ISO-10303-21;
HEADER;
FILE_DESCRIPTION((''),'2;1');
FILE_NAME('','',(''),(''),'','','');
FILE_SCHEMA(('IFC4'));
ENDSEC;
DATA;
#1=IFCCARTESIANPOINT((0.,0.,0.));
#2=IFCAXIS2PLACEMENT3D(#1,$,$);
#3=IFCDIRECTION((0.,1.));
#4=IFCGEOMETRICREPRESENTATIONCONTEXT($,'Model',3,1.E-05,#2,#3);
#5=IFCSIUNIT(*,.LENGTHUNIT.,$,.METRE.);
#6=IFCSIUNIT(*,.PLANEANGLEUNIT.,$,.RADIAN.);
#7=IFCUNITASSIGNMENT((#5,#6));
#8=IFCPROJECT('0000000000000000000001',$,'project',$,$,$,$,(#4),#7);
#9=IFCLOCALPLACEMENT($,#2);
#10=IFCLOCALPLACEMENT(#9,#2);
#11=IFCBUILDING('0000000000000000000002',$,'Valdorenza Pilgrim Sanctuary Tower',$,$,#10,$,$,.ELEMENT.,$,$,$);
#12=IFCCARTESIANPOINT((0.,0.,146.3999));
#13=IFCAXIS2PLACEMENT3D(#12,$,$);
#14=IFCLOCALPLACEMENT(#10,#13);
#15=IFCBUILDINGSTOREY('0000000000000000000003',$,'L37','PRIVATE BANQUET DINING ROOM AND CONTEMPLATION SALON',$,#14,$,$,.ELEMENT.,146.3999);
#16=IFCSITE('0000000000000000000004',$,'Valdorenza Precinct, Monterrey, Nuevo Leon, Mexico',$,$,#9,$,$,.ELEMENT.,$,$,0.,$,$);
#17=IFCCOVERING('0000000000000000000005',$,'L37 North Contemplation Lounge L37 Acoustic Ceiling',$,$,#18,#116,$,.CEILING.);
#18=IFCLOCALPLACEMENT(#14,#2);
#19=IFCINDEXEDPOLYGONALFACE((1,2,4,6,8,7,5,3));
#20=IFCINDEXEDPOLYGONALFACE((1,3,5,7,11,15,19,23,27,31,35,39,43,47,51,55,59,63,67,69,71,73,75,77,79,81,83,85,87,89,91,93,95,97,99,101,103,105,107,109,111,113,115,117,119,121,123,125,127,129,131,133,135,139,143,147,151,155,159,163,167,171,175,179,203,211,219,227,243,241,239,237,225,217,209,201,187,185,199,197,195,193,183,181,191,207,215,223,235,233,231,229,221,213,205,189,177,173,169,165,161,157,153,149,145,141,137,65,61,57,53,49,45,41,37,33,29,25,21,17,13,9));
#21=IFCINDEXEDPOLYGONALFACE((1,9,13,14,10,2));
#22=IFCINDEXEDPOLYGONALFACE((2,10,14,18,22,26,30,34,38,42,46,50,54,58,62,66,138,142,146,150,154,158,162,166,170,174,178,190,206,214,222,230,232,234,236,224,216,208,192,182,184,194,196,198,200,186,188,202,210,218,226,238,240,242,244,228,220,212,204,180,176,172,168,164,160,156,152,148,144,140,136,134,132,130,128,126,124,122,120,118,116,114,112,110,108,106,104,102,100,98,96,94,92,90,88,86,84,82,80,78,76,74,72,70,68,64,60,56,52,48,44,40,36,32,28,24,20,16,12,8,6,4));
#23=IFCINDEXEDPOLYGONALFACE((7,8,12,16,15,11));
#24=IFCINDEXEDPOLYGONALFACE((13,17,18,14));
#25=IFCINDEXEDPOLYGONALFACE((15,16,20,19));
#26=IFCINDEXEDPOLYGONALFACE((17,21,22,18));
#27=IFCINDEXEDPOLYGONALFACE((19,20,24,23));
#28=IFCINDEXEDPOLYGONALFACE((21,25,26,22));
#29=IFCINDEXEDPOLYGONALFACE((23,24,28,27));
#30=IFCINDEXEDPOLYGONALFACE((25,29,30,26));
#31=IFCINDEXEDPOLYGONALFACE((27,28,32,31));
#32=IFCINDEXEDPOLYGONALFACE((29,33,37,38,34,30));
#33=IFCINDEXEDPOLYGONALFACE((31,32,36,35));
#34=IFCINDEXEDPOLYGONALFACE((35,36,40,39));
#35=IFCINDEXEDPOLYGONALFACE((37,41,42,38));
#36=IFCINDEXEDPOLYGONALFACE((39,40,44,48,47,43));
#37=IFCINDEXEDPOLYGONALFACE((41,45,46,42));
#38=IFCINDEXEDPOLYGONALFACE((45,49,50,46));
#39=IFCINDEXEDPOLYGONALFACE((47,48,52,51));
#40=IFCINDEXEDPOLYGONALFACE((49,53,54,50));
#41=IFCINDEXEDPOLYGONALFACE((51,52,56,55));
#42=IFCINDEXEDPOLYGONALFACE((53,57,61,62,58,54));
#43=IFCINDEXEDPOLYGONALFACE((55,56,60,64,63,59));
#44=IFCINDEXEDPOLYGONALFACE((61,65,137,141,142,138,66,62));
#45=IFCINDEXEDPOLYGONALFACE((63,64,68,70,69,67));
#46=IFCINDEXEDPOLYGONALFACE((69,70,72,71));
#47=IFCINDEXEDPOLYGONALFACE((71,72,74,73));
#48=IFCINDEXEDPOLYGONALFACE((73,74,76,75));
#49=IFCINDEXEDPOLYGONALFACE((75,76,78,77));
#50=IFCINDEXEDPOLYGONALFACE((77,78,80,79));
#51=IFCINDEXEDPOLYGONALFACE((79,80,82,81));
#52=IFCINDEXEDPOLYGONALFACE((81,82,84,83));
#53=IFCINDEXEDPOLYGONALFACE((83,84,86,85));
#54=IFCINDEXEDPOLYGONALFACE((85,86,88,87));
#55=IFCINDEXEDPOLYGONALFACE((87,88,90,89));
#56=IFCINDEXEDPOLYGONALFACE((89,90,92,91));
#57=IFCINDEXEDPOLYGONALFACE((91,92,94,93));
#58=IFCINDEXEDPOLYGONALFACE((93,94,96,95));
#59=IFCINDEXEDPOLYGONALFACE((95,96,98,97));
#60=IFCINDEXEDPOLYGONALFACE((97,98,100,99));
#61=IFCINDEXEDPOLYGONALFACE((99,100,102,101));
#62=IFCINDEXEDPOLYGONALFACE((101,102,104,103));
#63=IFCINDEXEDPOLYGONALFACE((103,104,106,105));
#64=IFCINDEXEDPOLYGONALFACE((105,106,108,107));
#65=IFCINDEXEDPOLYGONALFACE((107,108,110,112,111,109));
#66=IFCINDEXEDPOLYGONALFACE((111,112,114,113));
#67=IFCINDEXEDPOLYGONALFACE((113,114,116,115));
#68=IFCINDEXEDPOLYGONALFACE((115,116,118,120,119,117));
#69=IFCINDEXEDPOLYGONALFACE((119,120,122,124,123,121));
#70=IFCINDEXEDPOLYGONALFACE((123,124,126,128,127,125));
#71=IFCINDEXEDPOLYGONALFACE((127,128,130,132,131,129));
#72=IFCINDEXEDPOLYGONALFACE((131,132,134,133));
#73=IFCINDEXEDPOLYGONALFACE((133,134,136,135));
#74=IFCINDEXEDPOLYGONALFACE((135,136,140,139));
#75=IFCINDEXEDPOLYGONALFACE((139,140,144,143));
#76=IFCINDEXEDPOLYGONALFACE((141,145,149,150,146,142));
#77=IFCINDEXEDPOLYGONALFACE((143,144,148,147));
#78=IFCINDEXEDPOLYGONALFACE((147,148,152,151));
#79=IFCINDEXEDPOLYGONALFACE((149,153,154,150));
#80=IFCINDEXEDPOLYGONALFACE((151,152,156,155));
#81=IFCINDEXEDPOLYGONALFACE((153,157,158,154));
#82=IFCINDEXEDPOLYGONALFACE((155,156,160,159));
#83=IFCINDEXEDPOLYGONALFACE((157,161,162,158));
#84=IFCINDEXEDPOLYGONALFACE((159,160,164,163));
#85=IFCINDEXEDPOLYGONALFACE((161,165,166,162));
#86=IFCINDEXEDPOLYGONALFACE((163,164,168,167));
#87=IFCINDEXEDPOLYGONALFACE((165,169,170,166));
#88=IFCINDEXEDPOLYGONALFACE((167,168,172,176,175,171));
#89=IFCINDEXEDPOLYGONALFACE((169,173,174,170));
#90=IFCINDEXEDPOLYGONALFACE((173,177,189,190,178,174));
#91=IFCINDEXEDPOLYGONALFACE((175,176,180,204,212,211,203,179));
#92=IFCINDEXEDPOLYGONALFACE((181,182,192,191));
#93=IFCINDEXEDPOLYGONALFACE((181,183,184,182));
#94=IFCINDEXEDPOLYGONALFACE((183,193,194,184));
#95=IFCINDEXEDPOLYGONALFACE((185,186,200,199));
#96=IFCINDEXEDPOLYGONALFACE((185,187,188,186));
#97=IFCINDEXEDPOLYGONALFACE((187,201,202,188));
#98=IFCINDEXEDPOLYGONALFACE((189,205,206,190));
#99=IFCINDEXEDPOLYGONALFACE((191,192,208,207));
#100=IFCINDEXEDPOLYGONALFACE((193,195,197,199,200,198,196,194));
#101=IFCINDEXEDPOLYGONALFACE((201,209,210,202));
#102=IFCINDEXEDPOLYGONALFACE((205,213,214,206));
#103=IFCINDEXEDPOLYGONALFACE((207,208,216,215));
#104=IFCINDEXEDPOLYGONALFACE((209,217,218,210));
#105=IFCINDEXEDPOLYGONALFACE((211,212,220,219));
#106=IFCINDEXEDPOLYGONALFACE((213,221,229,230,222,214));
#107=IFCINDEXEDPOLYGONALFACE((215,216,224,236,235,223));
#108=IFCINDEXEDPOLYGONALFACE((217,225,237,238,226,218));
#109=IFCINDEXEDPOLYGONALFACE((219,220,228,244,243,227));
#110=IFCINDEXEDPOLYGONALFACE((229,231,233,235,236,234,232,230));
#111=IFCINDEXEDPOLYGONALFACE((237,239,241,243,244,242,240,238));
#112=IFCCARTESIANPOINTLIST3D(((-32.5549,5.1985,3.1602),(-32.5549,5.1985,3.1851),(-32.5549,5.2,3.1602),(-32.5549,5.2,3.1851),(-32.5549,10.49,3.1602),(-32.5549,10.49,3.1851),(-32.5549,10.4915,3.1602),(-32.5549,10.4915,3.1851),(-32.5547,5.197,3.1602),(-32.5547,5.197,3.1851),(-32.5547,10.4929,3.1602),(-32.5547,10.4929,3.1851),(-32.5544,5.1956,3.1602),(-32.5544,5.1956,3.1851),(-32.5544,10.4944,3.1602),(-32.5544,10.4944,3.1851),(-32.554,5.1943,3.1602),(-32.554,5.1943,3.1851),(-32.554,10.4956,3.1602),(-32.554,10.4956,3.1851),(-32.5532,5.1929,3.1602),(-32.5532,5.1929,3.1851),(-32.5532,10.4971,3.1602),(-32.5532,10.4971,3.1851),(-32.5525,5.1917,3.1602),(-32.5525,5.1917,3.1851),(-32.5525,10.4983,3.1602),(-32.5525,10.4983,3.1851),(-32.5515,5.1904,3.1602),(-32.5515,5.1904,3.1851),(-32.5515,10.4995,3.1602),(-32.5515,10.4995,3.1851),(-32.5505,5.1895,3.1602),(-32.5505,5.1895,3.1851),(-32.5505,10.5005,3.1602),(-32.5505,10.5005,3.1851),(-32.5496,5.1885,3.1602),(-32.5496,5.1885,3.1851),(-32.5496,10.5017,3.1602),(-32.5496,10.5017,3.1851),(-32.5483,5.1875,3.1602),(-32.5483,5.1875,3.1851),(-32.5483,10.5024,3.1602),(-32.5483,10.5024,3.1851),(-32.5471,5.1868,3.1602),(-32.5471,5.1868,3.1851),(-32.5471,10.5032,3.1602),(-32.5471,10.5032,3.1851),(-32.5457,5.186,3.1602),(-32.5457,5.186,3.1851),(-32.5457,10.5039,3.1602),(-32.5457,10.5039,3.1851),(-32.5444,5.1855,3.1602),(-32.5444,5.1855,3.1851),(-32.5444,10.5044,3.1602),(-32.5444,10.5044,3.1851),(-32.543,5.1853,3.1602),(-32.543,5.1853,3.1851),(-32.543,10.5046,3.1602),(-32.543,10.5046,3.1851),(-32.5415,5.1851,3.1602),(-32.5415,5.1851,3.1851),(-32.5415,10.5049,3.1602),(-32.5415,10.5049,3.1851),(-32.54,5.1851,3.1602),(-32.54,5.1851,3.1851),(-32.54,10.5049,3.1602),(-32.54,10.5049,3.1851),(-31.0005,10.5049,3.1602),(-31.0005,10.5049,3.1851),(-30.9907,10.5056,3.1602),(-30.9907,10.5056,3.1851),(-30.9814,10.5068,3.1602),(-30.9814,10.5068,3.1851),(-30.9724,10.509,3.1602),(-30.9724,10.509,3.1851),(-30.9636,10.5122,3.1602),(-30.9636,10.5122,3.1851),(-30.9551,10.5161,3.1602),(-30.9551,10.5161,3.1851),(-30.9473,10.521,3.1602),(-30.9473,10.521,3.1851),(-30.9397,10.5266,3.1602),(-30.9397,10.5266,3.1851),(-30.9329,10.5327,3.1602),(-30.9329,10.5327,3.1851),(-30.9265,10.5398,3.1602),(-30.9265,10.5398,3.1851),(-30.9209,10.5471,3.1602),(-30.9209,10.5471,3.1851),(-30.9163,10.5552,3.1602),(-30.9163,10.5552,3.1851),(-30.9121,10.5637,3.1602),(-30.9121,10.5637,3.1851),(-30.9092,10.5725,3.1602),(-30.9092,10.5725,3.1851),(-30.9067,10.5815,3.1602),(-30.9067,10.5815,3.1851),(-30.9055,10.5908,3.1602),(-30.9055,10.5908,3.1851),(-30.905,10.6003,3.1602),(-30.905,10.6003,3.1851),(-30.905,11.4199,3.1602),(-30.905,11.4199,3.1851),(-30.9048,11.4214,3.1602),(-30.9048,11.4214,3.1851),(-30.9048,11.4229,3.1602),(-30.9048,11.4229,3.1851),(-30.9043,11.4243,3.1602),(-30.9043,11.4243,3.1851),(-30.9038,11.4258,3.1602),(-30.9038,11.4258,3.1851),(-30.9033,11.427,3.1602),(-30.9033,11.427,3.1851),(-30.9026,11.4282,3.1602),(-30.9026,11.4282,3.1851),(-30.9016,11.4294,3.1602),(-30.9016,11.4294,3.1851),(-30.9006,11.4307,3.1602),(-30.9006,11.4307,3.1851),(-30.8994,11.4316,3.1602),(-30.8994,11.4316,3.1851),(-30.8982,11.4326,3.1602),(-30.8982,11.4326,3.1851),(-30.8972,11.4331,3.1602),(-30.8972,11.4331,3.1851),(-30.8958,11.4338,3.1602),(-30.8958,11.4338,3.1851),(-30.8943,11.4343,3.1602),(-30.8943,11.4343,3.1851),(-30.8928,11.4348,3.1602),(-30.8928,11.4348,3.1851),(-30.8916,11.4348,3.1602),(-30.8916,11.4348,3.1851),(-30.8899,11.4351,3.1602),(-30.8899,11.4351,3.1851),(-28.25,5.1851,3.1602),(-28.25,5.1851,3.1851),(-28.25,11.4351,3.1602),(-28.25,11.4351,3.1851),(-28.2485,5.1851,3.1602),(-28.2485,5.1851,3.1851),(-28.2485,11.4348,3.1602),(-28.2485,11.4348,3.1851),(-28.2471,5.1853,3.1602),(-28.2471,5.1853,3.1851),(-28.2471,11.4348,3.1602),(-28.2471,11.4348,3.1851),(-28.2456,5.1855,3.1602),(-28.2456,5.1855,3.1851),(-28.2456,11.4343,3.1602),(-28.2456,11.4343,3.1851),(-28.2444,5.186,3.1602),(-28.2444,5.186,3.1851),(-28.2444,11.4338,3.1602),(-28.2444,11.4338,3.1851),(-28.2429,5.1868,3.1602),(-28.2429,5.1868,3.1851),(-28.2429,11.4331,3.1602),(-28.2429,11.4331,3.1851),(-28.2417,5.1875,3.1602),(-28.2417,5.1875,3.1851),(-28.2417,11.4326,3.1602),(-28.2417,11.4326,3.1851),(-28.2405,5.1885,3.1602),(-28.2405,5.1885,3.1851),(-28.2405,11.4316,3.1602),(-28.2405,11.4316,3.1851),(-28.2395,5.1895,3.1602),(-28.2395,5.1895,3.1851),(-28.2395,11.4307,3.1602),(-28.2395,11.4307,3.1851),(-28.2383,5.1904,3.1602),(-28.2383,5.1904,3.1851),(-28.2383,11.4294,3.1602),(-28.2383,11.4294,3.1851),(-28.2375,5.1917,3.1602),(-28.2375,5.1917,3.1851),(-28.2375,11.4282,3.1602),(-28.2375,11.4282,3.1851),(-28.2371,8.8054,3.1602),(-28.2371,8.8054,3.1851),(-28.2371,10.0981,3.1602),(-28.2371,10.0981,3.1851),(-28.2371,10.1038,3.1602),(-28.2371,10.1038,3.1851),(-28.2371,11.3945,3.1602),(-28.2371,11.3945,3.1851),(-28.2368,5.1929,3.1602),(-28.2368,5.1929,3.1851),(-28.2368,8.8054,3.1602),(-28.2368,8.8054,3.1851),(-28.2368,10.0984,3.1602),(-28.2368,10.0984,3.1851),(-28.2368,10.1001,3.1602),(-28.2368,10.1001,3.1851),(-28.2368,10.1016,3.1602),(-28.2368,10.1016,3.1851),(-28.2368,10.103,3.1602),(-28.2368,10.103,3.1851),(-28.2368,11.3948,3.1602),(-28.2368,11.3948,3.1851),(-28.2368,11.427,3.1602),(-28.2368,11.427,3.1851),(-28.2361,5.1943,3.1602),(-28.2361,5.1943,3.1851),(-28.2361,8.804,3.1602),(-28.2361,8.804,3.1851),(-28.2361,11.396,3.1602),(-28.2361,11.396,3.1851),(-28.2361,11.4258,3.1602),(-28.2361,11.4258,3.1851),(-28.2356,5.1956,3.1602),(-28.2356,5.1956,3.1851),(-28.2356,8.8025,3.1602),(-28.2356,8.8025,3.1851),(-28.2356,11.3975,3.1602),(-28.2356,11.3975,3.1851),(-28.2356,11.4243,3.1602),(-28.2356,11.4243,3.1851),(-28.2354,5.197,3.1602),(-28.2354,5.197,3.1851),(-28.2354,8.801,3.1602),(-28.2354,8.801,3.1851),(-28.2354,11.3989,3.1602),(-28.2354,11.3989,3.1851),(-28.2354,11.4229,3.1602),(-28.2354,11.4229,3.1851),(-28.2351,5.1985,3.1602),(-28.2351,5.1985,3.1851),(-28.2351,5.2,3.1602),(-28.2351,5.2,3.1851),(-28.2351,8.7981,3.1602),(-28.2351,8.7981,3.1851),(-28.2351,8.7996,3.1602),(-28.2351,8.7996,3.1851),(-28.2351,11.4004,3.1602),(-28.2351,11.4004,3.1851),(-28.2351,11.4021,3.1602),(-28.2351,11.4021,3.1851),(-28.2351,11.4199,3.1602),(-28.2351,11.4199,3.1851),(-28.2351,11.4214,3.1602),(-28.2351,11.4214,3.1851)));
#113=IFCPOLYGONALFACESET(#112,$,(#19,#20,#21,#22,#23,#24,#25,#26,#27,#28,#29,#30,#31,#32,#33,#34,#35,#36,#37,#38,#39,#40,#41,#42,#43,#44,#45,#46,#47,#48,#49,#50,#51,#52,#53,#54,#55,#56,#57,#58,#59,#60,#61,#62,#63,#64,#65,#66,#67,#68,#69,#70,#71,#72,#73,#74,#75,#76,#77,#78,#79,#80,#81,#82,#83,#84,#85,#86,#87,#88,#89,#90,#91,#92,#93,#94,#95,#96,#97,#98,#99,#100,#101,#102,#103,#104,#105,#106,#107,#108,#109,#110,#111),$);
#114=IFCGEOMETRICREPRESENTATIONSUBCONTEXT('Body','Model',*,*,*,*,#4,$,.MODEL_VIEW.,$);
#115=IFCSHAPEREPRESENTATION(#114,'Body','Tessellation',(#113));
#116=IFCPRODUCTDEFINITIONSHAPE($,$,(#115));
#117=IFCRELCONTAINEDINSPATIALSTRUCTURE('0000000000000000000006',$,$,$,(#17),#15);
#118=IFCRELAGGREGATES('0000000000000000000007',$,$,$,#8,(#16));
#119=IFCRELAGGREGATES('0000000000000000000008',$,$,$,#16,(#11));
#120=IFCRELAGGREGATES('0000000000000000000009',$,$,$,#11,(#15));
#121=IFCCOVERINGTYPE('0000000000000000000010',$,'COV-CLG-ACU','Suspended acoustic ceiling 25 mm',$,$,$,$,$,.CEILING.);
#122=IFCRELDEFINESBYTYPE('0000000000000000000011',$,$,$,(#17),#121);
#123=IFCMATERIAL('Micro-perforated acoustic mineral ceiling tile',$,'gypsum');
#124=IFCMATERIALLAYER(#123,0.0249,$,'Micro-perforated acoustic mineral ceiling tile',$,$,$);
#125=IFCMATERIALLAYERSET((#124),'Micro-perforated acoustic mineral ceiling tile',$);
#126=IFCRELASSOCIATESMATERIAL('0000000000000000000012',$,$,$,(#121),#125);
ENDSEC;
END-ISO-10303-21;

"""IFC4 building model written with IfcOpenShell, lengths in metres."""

from ifc_helpers import new_model, si_unit, direction, frame, origin, place, context, subcontext, project, spatial, polyline, outline, extrude, material, layer, layer_set, type_object, element, save


model = new_model("IFC4")

# Units and contexts
model_context = context("Model", 3, precision=1e-05, world=origin(), true_north=direction((0.0, 1.0)))
body_context = subcontext(model_context, "Body", "Model", "MODEL_VIEW")
ifc_project = project(units=[si_unit("LENGTHUNIT", "METRE"), si_unit("PLANEANGLEUNIT", "RADIAN")], contexts=[model_context])

# Site, building, storey
site_placement = place(None, origin())
site = spatial("IfcSite", under=ifc_project, at=site_placement, Name="Valdorenza Precinct, Monterrey, Nuevo Leon, Mexico", CompositionType="ELEMENT", RefElevation=0.0)
building_placement = place(site_placement, origin())
building = spatial("IfcBuilding", under=site, at=building_placement, Name="Valdorenza Pilgrim Sanctuary Tower", CompositionType="ELEMENT")
storey_placement = place(building_placement, frame((0.0, 0.0, 146.3999)))
storey = spatial("IfcBuildingStorey", under=building, at=storey_placement, Name="L37", Description="PRIVATE BANQUET DINING ROOM AND CONTEMPLATION SALON", CompositionType="ELEMENT", Elevation=146.3999)

# Covering
ifc_material_1 = material(Name="Micro-perforated acoustic mineral ceiling tile", Category="gypsum")
ifc_layer_1 = layer(ifc_material_1, 0.0249, Name="Micro-perforated acoustic mineral ceiling tile")
ifc_layer_set_1 = layer_set([ifc_layer_1], Name="Micro-perforated acoustic mineral ceiling tile")
covering_type_1 = type_object("IfcCoveringType", Name="COV-CLG-ACU", Description="Suspended acoustic ceiling 25 mm", PredefinedType="CEILING", material=ifc_layer_set_1)
covering_1_placement = place(storey_placement, frame((0.0, 0.0, 3.1602)))
element("IfcCovering", 1, at=covering_1_placement, inside=storey, type_object=covering_type_1, Name="L37 North Contemplation Lounge L37 Acoustic Ceiling", PredefinedType="CEILING", context=body_context, shape_type="SweptSolid", body=[
    extrude(outline(polyline([(-28.2371, 8.8054), (-28.2368, 8.8054), (-28.2361, 8.804), (-28.2356, 8.8025), (-28.2354, 8.801), (-28.2351, 8.7996), (-28.2351, 8.7981), (-28.2351, 5.2), (-28.2351, 5.1985), (-28.2354, 5.197), (-28.2356, 5.1956), (-28.2361, 5.1943), (-28.2368, 5.1929), (-28.2375, 5.1917), (-28.2383, 5.1904), (-28.2395, 5.1895), (-28.2405, 5.1885), (-28.2417, 5.1875), (-28.2429, 5.1868), (-28.2444, 5.186), (-28.2456, 5.1855), (-28.2471, 5.1853), (-28.2485, 5.1851), (-28.25, 5.1851), (-32.54, 5.1851), (-32.5415, 5.1851), (-32.543, 5.1853), (-32.5444, 5.1855), (-32.5457, 5.186), (-32.5471, 5.1868), (-32.5483, 5.1875), (-32.5496, 5.1885), (-32.5505, 5.1895), (-32.5515, 5.1904), (-32.5525, 5.1917), (-32.5532, 5.1929), (-32.554, 5.1943), (-32.5544, 5.1956), (-32.5547, 5.197), (-32.5549, 5.1985), (-32.5549, 5.2), (-32.5549, 10.49), (-32.5549, 10.4915), (-32.5547, 10.4929), (-32.5544, 10.4944), (-32.554, 10.4956), (-32.5532, 10.4971), (-32.5525, 10.4983), (-32.5515, 10.4995), (-32.5505, 10.5005), (-32.5496, 10.5017), (-32.5483, 10.5024), (-32.5471, 10.5032), (-32.5457, 10.5039), (-32.5444, 10.5044), (-32.543, 10.5046), (-32.5415, 10.5049), (-32.54, 10.5049), (-31.0005, 10.5049), (-30.9907, 10.5056), (-30.9814, 10.5068), (-30.9724, 10.509), (-30.9636, 10.5122), (-30.9551, 10.5161), (-30.9473, 10.521), (-30.9397, 10.5266), (-30.9329, 10.5327), (-30.9265, 10.5398), (-30.9209, 10.5471), (-30.9163, 10.5552), (-30.9121, 10.5637), (-30.9092, 10.5725), (-30.9067, 10.5815), (-30.9055, 10.5908), (-30.905, 10.6003), (-30.905, 11.4199), (-30.9048, 11.4214), (-30.9048, 11.4229), (-30.9043, 11.4243), (-30.9038, 11.4258), (-30.9033, 11.427), (-30.9026, 11.4282), (-30.9016, 11.4294), (-30.9006, 11.4307), (-30.8994, 11.4316), (-30.8982, 11.4326), (-30.8972, 11.4331), (-30.8958, 11.4338), (-30.8943, 11.4343), (-30.8928, 11.4348), (-30.8916, 11.4348), (-30.8899, 11.4351), (-28.25, 11.4351), (-28.2485, 11.4348), (-28.2471, 11.4348), (-28.2456, 11.4343), (-28.2444, 11.4338), (-28.2429, 11.4331), (-28.2417, 11.4326), (-28.2405, 11.4316), (-28.2395, 11.4307), (-28.2383, 11.4294), (-28.2375, 11.4282), (-28.2368, 11.427), (-28.2361, 11.4258), (-28.2356, 11.4243), (-28.2354, 11.4229), (-28.2351, 11.4214), (-28.2351, 11.4199), (-28.2351, 11.4021), (-28.2351, 11.4004), (-28.2354, 11.3989), (-28.2356, 11.3975), (-28.2361, 11.396), (-28.2368, 11.3948), (-28.2371, 11.3945), (-28.2371, 10.1038), (-28.2368, 10.103), (-28.2368, 10.1016), (-28.2368, 10.1001), (-28.2368, 10.0984), (-28.2371, 10.0981), (-28.2371, 8.8054)])), origin(), (0.0, 0.0, 1.0), 0.0249),
])

save(model, "model.ifc")
